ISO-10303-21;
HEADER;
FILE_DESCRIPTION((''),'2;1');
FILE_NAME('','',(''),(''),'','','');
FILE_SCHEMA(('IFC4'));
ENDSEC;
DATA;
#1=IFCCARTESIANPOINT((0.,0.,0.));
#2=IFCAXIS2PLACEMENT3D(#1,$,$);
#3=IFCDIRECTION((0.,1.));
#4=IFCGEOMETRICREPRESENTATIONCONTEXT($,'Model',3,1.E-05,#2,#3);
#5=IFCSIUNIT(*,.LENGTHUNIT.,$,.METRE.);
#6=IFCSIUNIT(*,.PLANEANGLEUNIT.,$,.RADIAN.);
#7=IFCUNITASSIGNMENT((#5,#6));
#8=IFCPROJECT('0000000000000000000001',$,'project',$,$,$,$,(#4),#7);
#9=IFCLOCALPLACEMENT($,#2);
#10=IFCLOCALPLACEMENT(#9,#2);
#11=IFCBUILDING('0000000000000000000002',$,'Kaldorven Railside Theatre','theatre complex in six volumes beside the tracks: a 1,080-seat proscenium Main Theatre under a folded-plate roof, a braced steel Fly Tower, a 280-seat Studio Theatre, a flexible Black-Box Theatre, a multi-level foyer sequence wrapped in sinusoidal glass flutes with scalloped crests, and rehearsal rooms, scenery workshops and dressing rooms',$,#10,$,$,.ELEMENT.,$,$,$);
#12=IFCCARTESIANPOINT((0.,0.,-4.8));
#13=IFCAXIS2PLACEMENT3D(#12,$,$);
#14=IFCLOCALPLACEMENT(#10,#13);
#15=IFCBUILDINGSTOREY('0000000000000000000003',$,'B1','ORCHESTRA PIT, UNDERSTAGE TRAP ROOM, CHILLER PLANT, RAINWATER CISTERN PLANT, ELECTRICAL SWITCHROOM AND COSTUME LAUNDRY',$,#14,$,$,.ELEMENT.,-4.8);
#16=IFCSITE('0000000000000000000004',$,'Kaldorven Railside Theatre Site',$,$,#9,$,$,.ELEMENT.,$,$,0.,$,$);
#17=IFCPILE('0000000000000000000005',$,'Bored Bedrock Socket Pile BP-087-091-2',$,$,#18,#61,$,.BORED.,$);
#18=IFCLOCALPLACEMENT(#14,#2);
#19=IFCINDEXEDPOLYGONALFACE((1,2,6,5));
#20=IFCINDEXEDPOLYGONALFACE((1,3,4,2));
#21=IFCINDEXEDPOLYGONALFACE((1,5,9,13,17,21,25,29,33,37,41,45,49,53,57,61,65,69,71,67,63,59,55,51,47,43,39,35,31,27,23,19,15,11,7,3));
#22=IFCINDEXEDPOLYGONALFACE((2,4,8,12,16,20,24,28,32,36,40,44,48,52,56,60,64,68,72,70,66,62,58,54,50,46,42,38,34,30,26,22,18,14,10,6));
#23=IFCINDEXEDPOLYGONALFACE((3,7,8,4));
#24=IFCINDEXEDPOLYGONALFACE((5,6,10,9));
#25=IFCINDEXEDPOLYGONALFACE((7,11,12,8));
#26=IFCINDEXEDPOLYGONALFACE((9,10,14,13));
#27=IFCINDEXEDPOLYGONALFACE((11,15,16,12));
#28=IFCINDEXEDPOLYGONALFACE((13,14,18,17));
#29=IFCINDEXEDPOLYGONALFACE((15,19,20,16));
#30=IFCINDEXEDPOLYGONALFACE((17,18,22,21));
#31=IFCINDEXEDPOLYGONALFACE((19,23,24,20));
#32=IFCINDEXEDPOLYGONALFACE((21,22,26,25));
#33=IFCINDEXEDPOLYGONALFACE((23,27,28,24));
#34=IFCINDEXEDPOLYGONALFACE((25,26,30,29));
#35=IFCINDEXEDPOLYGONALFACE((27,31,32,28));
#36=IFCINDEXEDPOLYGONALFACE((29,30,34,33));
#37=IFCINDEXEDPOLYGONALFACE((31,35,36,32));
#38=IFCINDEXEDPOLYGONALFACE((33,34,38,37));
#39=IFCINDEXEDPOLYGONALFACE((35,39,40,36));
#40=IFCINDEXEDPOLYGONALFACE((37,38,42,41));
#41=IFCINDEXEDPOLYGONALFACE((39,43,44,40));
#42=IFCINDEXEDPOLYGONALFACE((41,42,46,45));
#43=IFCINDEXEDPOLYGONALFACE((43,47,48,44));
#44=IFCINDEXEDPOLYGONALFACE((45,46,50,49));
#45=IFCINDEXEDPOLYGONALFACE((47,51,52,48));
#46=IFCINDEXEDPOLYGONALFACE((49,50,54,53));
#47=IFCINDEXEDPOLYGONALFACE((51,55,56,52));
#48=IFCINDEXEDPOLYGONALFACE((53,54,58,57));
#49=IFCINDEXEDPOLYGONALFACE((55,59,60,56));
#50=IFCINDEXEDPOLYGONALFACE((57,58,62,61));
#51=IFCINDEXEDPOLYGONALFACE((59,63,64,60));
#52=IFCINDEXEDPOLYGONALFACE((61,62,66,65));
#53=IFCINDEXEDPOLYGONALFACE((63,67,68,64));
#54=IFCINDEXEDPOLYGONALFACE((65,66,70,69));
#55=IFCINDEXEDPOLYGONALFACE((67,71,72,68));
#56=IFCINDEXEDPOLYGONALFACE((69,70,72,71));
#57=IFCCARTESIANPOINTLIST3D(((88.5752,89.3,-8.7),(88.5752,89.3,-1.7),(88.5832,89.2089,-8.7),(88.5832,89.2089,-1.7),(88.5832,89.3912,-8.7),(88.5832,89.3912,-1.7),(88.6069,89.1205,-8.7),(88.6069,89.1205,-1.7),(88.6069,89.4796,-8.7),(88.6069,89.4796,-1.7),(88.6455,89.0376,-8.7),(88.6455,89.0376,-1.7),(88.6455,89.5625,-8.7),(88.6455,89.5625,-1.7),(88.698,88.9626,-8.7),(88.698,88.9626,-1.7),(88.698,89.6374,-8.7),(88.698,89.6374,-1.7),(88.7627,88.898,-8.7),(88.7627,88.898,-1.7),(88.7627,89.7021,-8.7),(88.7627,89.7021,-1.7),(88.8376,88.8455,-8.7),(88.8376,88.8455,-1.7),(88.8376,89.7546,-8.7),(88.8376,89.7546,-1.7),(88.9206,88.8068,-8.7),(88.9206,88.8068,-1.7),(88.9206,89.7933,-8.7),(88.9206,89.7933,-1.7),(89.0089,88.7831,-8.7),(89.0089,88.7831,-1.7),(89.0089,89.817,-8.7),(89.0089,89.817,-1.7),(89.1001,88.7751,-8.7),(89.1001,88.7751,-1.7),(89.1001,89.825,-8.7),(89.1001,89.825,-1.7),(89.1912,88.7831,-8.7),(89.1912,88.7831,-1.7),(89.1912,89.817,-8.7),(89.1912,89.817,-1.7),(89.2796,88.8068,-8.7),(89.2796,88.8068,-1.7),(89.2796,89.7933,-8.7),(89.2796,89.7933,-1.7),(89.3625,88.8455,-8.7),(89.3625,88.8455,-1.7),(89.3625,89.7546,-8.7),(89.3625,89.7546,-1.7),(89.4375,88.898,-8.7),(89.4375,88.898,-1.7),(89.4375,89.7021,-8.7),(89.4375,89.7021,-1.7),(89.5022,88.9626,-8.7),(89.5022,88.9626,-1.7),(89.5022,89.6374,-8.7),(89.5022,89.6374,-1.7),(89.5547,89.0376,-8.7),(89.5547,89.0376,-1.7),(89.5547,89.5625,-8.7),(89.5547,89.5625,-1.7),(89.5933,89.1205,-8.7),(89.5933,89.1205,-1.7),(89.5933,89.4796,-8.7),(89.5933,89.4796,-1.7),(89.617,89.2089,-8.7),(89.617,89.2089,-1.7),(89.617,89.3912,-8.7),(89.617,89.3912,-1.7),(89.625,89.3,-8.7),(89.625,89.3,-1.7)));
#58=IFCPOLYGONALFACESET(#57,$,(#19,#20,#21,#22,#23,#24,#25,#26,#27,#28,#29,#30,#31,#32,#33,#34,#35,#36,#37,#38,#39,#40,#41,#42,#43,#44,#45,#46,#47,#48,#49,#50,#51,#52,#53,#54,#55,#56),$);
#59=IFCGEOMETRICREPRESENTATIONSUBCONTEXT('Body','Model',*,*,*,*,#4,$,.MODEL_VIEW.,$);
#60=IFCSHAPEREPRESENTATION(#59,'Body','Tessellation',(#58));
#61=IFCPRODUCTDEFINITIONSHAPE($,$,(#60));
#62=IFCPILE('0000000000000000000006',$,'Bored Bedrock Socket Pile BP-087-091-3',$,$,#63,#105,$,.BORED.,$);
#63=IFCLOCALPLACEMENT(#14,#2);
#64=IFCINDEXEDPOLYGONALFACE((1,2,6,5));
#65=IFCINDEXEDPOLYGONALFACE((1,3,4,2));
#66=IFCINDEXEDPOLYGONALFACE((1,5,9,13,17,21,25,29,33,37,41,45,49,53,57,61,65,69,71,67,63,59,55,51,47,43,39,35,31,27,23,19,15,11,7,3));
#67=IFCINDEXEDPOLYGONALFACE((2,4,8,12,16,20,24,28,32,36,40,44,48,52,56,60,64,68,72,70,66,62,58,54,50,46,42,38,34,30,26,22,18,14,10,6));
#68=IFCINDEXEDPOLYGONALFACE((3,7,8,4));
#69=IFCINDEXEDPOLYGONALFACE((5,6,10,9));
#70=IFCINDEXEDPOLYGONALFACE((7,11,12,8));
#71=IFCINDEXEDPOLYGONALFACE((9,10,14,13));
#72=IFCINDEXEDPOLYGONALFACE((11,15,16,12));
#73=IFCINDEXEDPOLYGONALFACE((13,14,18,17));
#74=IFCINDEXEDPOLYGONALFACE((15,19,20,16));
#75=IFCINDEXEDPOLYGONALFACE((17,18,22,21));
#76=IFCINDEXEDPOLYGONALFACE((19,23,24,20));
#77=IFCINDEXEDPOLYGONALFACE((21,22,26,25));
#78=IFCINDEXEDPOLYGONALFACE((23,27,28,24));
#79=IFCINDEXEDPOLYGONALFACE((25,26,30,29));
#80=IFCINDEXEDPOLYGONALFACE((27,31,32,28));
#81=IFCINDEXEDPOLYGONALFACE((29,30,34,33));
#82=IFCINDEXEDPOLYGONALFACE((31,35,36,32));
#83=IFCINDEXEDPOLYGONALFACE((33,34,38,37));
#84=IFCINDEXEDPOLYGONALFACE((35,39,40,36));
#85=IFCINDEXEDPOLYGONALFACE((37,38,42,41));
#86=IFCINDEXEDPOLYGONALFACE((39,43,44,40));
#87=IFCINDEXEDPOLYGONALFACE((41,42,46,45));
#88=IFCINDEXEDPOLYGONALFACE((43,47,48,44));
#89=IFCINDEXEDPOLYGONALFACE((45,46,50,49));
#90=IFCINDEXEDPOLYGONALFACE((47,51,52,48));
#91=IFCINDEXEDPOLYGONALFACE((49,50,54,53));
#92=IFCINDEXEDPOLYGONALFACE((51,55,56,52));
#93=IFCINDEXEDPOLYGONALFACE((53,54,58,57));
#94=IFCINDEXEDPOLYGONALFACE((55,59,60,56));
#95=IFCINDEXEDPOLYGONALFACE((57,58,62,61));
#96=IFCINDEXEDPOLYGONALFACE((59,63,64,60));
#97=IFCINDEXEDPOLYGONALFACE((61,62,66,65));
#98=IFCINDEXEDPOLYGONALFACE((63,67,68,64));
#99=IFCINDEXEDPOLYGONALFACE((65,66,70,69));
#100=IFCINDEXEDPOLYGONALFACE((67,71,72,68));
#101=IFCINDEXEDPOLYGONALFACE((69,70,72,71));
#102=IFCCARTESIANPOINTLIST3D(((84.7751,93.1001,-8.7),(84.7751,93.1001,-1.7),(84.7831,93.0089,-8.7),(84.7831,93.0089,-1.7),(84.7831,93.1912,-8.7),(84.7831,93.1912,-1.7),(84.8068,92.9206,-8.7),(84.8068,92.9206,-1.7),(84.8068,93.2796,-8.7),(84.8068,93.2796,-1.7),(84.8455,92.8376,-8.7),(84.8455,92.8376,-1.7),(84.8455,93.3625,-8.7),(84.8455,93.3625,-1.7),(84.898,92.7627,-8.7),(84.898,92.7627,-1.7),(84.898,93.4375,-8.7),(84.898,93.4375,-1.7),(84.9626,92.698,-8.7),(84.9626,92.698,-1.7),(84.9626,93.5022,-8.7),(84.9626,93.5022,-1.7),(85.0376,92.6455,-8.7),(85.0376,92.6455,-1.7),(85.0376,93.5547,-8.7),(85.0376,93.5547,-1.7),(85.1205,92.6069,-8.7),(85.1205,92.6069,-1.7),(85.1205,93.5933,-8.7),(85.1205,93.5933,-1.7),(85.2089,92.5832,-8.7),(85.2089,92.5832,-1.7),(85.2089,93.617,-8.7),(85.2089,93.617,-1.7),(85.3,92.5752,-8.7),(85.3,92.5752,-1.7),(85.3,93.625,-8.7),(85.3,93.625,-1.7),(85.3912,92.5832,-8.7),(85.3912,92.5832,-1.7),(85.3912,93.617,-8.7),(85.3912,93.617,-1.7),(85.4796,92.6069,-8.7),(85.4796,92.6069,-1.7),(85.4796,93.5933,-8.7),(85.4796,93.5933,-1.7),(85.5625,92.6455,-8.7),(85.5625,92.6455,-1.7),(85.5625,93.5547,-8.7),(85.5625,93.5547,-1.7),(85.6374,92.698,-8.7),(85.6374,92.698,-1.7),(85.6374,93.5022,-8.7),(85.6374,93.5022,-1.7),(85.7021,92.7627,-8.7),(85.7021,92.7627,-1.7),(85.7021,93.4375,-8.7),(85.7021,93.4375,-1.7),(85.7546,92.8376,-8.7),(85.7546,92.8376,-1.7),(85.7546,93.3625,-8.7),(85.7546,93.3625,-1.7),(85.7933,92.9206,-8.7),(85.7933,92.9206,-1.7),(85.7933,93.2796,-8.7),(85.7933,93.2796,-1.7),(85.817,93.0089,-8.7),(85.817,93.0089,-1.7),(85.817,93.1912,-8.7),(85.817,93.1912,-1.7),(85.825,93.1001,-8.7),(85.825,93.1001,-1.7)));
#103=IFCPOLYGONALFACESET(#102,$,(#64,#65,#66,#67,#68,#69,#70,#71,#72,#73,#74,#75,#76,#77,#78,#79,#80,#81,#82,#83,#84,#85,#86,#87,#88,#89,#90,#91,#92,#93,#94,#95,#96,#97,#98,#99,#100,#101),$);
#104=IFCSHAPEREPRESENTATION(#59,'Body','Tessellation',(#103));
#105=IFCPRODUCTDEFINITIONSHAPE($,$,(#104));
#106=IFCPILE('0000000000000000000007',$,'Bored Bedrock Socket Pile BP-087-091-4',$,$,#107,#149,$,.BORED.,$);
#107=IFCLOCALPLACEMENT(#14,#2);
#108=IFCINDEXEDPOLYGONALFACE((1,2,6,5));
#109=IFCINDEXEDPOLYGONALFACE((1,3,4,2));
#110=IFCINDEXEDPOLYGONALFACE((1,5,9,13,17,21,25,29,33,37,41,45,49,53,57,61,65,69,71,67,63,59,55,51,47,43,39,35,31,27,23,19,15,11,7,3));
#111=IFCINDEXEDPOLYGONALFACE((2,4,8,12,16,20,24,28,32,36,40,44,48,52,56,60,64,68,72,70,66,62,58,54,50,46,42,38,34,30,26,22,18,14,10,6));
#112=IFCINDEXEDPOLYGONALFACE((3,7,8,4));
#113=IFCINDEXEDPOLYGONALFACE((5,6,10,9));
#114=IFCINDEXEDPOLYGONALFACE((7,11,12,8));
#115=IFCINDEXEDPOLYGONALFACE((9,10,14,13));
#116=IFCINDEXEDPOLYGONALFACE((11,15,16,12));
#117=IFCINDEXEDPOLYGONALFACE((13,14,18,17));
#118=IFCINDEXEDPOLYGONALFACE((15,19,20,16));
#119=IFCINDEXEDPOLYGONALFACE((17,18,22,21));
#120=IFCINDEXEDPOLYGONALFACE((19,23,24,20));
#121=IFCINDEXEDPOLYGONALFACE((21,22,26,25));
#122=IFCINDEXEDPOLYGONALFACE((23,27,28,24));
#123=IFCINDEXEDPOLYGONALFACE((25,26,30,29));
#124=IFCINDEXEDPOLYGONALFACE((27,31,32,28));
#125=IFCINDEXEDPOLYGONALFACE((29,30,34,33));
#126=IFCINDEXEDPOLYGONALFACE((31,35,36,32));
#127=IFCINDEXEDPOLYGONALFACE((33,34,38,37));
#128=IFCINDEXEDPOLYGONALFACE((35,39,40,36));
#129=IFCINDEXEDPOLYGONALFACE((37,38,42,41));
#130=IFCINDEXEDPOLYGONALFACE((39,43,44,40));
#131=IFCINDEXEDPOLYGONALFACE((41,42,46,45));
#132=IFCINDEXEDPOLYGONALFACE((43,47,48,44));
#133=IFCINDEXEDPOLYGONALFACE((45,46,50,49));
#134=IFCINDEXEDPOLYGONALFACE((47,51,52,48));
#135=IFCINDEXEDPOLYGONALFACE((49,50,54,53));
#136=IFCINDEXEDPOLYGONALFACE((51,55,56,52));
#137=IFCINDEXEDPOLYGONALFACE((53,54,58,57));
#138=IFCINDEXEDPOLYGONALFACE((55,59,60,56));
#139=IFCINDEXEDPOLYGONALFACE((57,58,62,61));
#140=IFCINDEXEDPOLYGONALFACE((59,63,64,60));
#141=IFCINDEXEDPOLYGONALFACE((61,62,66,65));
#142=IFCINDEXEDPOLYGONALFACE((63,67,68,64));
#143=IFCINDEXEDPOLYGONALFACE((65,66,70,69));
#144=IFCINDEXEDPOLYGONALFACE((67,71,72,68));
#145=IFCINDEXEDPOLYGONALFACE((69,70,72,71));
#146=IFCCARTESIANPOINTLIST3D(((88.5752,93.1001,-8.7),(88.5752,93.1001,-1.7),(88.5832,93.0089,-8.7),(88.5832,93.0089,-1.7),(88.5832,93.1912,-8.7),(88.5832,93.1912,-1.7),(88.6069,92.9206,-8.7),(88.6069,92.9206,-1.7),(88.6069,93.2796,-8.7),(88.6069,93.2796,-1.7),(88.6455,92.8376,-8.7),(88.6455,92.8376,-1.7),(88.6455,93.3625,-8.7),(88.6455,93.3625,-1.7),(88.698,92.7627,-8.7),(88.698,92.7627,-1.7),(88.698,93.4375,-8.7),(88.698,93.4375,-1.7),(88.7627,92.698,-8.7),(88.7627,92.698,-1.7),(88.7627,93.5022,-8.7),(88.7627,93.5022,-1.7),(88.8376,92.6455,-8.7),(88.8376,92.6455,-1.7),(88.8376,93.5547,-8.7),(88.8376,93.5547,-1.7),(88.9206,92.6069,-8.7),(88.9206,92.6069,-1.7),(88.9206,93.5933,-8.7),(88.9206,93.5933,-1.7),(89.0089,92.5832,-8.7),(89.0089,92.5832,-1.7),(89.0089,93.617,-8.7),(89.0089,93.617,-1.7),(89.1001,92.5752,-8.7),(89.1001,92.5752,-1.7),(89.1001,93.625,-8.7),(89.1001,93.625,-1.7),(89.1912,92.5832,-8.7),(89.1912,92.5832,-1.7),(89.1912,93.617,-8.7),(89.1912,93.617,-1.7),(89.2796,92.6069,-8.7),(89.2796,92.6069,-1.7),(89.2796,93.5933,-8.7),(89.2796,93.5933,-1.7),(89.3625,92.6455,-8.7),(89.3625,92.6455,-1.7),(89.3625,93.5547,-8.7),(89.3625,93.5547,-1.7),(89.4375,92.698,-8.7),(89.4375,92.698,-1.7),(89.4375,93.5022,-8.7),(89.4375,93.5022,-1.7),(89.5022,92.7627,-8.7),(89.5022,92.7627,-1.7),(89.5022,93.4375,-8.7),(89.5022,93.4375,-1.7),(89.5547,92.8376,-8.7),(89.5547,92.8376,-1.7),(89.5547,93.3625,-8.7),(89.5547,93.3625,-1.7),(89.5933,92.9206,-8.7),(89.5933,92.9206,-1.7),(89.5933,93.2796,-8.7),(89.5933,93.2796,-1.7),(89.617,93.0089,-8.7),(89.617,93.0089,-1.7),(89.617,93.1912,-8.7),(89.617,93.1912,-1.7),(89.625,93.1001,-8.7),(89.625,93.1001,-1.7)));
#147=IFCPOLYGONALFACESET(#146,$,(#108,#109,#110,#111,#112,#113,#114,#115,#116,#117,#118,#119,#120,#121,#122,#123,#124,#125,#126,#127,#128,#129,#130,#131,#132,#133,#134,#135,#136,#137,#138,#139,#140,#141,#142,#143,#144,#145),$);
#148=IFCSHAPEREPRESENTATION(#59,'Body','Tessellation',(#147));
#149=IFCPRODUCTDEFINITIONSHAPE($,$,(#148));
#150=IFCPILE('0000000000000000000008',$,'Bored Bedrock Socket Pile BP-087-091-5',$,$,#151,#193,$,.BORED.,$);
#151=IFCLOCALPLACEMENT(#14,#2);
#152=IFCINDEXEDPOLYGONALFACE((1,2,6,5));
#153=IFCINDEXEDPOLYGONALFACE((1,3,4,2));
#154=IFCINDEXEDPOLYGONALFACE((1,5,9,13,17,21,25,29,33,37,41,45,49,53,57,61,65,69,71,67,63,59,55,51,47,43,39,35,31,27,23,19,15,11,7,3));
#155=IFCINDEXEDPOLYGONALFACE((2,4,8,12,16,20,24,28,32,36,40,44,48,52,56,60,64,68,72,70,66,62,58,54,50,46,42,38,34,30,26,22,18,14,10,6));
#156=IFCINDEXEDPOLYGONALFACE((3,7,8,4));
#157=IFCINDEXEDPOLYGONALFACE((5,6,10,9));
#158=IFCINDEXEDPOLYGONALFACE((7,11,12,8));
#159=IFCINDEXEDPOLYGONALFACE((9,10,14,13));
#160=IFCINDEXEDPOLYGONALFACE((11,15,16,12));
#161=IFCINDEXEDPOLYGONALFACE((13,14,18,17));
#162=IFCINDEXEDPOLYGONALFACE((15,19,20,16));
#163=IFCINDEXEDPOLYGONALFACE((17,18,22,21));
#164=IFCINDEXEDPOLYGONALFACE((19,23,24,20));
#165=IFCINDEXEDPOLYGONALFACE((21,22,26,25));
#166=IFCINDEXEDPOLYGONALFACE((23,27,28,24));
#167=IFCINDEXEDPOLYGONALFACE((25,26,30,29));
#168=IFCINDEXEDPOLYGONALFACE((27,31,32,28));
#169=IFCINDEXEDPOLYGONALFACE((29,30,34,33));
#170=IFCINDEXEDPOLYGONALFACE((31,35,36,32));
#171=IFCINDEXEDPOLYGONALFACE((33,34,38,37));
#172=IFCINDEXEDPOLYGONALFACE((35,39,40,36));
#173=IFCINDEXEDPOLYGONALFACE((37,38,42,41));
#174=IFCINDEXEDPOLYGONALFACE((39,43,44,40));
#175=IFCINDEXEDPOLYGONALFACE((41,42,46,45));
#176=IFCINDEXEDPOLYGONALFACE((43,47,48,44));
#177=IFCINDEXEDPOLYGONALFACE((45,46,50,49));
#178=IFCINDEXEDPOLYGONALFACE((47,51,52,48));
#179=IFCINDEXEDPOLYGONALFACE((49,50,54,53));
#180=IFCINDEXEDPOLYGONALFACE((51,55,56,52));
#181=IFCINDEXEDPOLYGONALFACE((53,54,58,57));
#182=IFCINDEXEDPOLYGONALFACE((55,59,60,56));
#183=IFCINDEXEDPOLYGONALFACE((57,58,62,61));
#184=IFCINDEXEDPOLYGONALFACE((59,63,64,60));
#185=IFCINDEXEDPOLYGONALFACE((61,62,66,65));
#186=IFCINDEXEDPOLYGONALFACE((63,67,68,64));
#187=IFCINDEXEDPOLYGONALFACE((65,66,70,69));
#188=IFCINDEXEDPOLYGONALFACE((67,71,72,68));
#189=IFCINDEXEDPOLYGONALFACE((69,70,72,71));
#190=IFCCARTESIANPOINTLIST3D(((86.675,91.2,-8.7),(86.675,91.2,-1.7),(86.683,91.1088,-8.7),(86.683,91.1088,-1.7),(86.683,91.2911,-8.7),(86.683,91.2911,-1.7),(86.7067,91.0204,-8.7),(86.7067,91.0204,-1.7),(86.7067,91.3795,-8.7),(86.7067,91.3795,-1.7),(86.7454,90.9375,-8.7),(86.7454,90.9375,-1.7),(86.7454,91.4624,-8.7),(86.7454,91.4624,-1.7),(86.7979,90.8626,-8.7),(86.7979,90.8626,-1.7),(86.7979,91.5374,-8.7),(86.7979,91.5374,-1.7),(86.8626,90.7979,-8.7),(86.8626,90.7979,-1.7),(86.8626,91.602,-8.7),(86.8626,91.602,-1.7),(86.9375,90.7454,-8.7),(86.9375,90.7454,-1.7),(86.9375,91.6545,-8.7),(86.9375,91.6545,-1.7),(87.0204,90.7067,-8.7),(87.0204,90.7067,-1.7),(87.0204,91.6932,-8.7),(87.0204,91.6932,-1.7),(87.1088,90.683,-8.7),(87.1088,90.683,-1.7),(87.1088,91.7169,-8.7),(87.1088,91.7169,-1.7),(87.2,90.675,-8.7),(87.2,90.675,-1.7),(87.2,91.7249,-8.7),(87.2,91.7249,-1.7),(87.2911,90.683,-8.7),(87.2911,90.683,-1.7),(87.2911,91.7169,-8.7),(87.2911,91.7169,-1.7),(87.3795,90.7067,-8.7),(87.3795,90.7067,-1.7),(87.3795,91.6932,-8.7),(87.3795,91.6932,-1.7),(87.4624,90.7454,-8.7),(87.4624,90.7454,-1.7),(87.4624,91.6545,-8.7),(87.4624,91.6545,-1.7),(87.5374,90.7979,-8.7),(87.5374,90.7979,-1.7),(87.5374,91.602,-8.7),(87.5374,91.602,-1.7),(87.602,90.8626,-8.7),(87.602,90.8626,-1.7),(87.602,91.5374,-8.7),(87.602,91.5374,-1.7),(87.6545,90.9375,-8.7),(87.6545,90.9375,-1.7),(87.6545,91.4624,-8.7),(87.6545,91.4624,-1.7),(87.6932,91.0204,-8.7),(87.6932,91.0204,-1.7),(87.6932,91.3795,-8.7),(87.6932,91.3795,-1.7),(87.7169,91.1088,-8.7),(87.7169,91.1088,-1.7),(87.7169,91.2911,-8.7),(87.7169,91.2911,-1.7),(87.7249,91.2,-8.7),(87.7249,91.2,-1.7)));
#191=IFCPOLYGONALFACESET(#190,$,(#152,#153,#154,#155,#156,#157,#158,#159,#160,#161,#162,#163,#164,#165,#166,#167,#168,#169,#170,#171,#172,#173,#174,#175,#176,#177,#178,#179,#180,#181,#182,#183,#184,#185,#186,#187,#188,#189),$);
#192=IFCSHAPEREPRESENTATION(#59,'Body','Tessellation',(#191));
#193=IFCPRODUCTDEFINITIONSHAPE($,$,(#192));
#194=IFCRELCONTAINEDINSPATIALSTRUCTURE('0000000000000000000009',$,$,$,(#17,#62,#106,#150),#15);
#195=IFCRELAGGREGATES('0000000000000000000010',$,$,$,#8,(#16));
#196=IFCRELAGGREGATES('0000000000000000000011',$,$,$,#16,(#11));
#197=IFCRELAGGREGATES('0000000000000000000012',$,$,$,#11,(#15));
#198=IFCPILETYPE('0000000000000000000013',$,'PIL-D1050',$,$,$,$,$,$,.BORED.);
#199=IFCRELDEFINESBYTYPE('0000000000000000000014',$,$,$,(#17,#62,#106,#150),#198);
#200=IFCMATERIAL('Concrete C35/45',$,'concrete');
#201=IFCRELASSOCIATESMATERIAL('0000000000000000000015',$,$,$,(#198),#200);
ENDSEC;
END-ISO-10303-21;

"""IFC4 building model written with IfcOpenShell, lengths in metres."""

from ifc_helpers import new_model, si_unit, direction, frame, origin, origin_2d, place, context, subcontext, project, spatial, circle, extrude, material, material_profile, profile_set, type_object, element, save


model = new_model("IFC4")

# Units and contexts
model_context = context("Model", 3, precision=1e-05, world=origin(), true_north=direction((0.0, 1.0)))
body_context = subcontext(model_context, "Body", "Model", "MODEL_VIEW")
ifc_project = project(units=[si_unit("LENGTHUNIT", "METRE"), si_unit("PLANEANGLEUNIT", "RADIAN")], contexts=[model_context])

# Site, building, storey
site_placement = place(None, origin())
site = spatial("IfcSite", under=ifc_project, at=site_placement, Name="Kaldorven Railside Theatre Site", CompositionType="ELEMENT", RefElevation=0.0)
building_placement = place(site_placement, origin())
building = spatial("IfcBuilding", under=site, at=building_placement, Name="Kaldorven Railside Theatre", Description="theatre complex in six volumes beside the tracks: a 1,080-seat proscenium Main Theatre under a folded-plate roof, a braced steel Fly Tower, a 280-seat Studio Theatre, a flexible Black-Box Theatre, a multi-level foyer sequence wrapped in sinusoidal glass flutes with scalloped crests, and rehearsal rooms, scenery workshops and dressing rooms", CompositionType="ELEMENT")
storey_placement = place(building_placement, frame((0.0, 0.0, -4.8)))
storey = spatial("IfcBuildingStorey", under=building, at=storey_placement, Name="B1", Description="ORCHESTRA PIT, UNDERSTAGE TRAP ROOM, CHILLER PLANT, RAINWATER CISTERN PLANT, ELECTRICAL SWITCHROOM AND COSTUME LAUNDRY", CompositionType="ELEMENT", Elevation=-4.8)

# Piles
ifc_material_1 = material(Name="Concrete C35/45", Category="concrete")
ifc_material_profile_1 = material_profile(ifc_material_1, circle(Radius=0.5249, at=origin_2d()), Name="BP D1050")
ifc_profile_set_1 = profile_set([ifc_material_profile_1], Name="Concrete C35/45")
pile_type_1 = type_object("IfcPileType", Name="PIL-D1050", PredefinedType="BORED", material=ifc_profile_set_1)
for number, where, z_axis, x_axis, name in (
    (1, (89.1001, 89.3, -1.7), (0.0, 0.0, -1.0), (1.0, 0.0, 0.0), "Bored Bedrock Socket Pile BP-087-091-2"),
    (2, (85.3, 93.1001, -1.7), (0.0, 0.0, -1.0), (1.0, 0.0, 0.0), "Bored Bedrock Socket Pile BP-087-091-3"),
    (3, (89.1001, 93.1001, -1.7), (0.0, 0.0, -1.0), (1.0, 0.0, 0.0), "Bored Bedrock Socket Pile BP-087-091-4"),
    (4, (87.2, 91.2, -1.7), (0.0, 0.0, -1.0), (1.0, 0.0, 0.0), "Bored Bedrock Socket Pile BP-087-091-5"),
):
    element("IfcPile", number, at=place(storey_placement, frame(where, z_axis=z_axis, x_axis=x_axis)), inside=storey, type_object=pile_type_1, Name=name, PredefinedType="BORED", context=body_context, shape_type="SweptSolid", body=[
        extrude(circle(Radius=0.5249, at=origin_2d()), origin(), (0.0, 0.0, 1.0), 7.0),
    ])

save(model, "model.ifc")
